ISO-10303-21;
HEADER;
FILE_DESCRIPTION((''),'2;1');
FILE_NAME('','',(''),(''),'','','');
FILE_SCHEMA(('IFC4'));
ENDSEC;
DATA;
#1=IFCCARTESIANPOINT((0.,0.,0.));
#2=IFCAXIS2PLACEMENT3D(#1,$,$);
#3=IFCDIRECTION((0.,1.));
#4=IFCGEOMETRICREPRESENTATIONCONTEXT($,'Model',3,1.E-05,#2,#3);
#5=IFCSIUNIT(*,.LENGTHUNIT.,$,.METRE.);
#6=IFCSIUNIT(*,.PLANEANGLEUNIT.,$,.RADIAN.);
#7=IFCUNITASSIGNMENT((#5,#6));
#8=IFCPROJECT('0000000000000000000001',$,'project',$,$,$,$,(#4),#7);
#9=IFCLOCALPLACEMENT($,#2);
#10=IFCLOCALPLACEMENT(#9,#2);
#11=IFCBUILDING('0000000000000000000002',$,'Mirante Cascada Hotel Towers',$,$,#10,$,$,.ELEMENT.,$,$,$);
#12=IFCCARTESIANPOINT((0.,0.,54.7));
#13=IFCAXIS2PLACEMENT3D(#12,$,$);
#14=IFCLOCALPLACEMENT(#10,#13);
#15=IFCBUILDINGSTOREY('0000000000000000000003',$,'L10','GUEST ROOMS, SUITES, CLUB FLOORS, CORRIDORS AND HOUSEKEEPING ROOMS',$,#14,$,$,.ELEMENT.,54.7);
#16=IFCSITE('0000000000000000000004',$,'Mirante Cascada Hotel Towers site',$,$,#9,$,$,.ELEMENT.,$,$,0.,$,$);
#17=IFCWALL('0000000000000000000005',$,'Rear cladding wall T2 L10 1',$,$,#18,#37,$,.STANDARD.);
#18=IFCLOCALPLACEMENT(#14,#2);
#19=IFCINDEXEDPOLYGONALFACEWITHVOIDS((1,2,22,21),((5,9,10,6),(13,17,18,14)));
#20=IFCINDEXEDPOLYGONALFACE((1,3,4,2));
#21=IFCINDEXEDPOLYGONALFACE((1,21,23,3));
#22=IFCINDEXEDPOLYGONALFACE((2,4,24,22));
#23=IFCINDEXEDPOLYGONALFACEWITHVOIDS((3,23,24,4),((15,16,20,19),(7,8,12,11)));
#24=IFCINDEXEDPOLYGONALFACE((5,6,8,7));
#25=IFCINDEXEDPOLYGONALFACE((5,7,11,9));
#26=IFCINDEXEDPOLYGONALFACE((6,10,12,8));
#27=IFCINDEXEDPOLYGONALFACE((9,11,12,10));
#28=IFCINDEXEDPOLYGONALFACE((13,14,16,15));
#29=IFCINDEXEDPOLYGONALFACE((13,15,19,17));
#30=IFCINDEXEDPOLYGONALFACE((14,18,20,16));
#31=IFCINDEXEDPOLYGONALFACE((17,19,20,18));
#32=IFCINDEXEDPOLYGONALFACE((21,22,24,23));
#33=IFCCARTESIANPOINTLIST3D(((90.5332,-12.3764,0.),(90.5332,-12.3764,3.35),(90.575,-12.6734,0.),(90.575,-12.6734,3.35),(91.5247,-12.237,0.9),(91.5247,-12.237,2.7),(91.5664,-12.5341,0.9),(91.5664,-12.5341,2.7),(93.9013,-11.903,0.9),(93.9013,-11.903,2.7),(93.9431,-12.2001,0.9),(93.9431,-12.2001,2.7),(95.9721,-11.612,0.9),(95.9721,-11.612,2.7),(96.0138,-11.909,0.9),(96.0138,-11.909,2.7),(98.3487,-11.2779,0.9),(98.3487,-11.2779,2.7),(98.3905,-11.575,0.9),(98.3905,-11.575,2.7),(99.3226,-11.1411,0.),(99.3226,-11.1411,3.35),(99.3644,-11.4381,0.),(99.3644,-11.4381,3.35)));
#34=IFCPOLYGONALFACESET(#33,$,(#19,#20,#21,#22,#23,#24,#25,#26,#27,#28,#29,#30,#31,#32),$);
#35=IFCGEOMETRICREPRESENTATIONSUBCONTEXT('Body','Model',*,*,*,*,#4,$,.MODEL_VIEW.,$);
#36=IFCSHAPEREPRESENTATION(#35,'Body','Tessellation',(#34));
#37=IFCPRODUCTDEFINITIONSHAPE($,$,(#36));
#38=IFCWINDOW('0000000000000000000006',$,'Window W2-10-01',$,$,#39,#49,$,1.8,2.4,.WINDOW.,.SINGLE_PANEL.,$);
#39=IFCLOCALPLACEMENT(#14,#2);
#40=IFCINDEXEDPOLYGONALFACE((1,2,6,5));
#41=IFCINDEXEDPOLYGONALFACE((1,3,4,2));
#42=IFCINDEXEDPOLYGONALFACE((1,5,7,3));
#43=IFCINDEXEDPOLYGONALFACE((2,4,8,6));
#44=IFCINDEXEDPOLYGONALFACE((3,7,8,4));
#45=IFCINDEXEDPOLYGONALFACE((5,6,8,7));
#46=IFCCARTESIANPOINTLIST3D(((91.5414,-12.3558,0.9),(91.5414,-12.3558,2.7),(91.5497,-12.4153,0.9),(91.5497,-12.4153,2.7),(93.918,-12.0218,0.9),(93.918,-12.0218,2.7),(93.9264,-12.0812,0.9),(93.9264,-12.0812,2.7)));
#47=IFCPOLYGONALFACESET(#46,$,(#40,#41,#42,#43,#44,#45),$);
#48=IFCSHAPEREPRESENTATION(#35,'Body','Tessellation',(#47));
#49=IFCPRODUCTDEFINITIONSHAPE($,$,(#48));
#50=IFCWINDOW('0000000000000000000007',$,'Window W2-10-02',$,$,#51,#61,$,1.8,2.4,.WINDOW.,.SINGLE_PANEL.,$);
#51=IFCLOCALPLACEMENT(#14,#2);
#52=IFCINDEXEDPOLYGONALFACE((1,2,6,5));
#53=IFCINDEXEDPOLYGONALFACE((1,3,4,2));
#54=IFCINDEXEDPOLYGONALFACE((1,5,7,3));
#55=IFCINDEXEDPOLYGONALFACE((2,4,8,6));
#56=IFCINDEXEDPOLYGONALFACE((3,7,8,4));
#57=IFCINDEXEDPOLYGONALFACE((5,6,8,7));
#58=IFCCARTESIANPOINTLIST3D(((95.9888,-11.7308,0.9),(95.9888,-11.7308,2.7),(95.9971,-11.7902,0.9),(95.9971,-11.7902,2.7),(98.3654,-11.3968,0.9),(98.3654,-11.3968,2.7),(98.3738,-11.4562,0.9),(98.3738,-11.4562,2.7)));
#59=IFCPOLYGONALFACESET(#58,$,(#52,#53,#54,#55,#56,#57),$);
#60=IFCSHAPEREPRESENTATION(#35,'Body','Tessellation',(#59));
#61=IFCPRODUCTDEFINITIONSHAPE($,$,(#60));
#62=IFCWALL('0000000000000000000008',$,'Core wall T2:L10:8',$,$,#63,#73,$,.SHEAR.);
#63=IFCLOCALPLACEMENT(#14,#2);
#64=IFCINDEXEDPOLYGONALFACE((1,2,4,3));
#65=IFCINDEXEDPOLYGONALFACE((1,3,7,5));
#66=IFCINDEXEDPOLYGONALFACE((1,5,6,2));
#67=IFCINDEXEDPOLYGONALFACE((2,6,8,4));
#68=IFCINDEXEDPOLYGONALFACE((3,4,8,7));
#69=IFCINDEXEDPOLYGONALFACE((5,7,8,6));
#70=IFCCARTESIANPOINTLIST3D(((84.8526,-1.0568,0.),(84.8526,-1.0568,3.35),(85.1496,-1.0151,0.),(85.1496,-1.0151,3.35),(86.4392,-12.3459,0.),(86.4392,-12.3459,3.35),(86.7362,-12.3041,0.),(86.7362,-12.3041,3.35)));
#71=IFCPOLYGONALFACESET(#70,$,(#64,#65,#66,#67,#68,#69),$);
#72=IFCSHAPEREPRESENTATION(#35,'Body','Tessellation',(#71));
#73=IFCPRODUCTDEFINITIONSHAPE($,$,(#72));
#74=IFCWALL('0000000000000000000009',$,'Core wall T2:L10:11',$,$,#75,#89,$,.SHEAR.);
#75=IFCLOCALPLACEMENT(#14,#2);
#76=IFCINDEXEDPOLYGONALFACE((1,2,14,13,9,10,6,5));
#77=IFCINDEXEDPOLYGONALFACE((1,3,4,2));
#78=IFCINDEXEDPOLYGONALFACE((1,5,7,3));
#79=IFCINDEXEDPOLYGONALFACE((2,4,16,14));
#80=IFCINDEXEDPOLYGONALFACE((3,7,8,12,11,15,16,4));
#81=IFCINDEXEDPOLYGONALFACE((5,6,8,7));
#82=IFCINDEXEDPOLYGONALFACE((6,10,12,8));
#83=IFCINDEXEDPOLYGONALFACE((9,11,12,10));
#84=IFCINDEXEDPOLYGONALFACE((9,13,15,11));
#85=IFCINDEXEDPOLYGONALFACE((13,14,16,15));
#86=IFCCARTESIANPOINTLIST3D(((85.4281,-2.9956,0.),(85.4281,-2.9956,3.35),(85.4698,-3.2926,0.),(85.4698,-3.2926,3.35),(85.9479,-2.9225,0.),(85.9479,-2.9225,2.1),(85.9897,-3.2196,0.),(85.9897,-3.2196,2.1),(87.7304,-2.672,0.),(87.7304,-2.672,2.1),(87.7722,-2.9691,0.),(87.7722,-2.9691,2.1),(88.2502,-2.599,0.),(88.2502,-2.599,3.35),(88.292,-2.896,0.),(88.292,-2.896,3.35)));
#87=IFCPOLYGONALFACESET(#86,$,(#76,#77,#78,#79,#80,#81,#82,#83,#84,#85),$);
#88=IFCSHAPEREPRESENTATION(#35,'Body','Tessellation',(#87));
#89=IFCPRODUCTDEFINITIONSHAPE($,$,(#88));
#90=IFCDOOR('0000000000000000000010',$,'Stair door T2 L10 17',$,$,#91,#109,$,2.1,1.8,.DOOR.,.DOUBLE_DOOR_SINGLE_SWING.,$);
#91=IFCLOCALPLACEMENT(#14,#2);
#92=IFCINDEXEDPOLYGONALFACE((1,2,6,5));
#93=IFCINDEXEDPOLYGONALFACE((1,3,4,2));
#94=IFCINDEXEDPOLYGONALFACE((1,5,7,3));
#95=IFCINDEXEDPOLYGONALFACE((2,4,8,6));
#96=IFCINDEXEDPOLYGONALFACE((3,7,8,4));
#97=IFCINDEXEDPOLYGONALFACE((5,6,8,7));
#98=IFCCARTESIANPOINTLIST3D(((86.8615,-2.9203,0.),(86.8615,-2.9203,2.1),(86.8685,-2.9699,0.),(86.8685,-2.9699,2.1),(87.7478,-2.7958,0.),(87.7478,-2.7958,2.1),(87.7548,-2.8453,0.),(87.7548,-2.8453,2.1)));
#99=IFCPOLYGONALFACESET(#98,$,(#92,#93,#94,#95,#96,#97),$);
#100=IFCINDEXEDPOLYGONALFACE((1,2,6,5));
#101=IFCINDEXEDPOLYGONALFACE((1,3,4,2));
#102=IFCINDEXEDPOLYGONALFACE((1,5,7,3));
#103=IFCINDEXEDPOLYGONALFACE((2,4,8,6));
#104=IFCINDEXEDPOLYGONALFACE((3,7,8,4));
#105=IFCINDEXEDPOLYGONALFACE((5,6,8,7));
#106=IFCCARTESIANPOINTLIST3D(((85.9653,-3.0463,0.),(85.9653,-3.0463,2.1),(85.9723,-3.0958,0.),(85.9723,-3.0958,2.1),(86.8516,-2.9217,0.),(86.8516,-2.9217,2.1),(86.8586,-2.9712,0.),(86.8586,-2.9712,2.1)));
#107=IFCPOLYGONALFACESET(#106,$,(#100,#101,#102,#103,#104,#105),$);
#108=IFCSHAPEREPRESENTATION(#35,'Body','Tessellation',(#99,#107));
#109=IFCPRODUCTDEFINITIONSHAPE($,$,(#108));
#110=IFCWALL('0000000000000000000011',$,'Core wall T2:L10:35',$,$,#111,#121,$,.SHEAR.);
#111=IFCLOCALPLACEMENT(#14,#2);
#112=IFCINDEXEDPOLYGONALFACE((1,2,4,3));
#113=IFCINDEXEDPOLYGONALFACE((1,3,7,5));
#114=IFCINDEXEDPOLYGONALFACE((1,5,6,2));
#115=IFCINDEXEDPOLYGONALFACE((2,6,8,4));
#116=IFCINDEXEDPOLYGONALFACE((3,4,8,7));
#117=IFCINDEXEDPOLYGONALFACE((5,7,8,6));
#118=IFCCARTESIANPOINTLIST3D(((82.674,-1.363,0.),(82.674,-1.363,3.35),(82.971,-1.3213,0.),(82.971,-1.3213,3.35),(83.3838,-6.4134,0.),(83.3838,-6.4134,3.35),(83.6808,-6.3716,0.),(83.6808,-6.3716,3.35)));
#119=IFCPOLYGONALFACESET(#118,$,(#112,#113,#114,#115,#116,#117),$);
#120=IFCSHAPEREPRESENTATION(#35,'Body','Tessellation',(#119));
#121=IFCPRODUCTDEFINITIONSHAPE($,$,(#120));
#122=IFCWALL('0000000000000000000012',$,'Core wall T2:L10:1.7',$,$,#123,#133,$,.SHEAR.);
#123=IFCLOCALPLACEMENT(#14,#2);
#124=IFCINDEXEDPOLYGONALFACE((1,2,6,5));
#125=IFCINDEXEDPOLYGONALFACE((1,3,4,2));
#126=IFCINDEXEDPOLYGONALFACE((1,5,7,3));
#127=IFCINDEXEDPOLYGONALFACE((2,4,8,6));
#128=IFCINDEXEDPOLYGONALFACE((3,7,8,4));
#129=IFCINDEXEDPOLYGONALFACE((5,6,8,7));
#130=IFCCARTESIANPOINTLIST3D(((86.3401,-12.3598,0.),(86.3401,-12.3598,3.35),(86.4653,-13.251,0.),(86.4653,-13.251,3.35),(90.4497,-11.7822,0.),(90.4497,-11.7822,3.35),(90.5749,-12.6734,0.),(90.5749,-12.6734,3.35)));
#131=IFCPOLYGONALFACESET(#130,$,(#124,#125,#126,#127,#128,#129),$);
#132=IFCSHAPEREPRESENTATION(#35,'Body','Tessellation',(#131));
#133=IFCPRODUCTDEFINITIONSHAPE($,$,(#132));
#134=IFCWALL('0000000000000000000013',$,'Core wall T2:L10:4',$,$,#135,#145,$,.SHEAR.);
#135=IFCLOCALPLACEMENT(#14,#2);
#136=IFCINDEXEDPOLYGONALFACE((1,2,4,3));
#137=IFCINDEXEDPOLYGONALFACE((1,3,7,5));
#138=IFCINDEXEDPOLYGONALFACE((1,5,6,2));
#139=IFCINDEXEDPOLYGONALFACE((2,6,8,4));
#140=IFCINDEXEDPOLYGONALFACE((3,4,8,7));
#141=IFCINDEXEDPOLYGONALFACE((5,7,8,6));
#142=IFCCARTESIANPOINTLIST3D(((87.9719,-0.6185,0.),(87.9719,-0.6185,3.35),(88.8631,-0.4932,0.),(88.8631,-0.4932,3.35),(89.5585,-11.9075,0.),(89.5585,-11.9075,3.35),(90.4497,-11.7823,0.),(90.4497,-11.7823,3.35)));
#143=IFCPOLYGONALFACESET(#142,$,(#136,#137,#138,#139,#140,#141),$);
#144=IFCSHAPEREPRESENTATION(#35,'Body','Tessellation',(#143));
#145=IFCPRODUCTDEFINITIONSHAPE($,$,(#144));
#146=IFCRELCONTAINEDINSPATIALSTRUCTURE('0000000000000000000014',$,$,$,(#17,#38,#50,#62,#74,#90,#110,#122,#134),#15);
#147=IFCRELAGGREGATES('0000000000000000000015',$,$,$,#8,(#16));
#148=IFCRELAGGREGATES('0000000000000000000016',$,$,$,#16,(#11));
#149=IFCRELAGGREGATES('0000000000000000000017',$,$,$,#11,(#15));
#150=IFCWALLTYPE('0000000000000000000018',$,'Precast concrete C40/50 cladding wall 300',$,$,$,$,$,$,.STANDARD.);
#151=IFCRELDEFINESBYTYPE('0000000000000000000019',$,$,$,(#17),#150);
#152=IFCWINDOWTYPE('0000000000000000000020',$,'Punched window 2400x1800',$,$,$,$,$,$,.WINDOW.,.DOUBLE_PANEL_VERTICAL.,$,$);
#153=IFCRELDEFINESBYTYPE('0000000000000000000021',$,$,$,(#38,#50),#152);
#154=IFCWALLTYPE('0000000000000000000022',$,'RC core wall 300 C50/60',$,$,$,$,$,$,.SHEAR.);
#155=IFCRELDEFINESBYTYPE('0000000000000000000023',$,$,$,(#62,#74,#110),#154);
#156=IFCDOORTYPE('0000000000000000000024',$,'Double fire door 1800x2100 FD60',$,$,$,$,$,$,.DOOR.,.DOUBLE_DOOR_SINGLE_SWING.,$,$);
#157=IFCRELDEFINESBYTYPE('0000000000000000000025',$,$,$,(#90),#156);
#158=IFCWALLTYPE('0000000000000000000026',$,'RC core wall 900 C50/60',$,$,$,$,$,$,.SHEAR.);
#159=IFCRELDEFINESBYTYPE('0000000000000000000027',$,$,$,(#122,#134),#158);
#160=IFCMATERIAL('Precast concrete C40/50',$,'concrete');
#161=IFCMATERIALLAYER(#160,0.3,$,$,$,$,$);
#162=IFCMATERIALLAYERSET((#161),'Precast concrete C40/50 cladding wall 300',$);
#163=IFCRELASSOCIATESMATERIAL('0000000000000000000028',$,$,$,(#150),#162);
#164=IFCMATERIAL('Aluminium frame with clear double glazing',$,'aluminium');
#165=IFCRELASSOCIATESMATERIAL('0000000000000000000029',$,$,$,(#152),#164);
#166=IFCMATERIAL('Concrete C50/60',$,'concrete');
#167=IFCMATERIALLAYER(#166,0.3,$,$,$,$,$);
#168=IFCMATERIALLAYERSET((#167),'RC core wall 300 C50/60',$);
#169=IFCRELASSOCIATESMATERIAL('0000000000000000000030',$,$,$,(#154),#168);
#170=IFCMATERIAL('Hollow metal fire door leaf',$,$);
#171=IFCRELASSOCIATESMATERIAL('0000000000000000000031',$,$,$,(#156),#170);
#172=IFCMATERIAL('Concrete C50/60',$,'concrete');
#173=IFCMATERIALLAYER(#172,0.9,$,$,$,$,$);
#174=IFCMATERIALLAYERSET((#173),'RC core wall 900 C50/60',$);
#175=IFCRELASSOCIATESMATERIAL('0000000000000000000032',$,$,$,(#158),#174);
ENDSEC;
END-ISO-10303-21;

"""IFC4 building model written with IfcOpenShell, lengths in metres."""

from ifc_helpers import new_model, si_unit, direction, frame, frame_2d, origin, place, context, subcontext, project, spatial, rectangle, extrude, material, layer, layer_set, type_object, element, fill, save


model = new_model("IFC4")

# Units and contexts
model_context = context("Model", 3, precision=1e-05, world=origin(), true_north=direction((0.0, 1.0)))
body_context = subcontext(model_context, "Body", "Model", "MODEL_VIEW")
ifc_project = project(units=[si_unit("LENGTHUNIT", "METRE"), si_unit("PLANEANGLEUNIT", "RADIAN")], contexts=[model_context])

# Site, building, storey
site_placement = place(None, origin())
site = spatial("IfcSite", under=ifc_project, at=site_placement, Name="Mirante Cascada Hotel Towers site", CompositionType="ELEMENT", RefElevation=0.0)
building_placement = place(site_placement, origin())
building = spatial("IfcBuilding", under=site, at=building_placement, Name="Mirante Cascada Hotel Towers", CompositionType="ELEMENT")
storey_placement = place(building_placement, frame((0.0, 0.0, 54.7)))
storey = spatial("IfcBuildingStorey", under=building, at=storey_placement, Name="L10", Description="GUEST ROOMS, SUITES, CLUB FLOORS, CORRIDORS AND HOUSEKEEPING ROOMS", CompositionType="ELEMENT", Elevation=54.7)

# Wall, openings, windows
ifc_material_1 = material(Name="Precast concrete C40/50", Category="concrete")
ifc_layer_1 = layer(ifc_material_1, 0.3)
ifc_layer_set_1 = layer_set([ifc_layer_1], Name="Precast concrete C40/50 cladding wall 300")
wall_type_1 = type_object("IfcWallType", Name="Precast concrete C40/50 cladding wall 300", PredefinedType="STANDARD", material=ifc_layer_set_1)
wall_1_placement = place(storey_placement, frame((90.5541, -12.5249, 0.0), z_axis=(0.0, 0.0, 1.0), x_axis=(0.990268, 0.139177, 0.0)))
wall_1 = element("IfcWall", 1, at=wall_1_placement, inside=storey, type_object=wall_type_1, Name="Rear cladding wall T2 L10 1", PredefinedType="STANDARD", context=body_context, shape_type="SweptSolid", body=[
    extrude(rectangle(XDim=8.8758, YDim=0.3, at=frame_2d((4.4379, 0.0))), origin(), (0.0, 0.0, 1.0), 3.35),
])
opening_1_placement = place(wall_1_placement, frame((1.0012, 0.0, 0.9)))
opening_1 = element("IfcOpeningElement", 2, at=opening_1_placement, cuts=wall_1, PredefinedType="OPENING", context=body_context, shape_type="SweptSolid", body=[
    extrude(rectangle(XDim=2.4, YDim=1.8, at=frame_2d((1.2, 0.9))), frame((0.0, 0.15, 0.0), z_axis=(0.0, -1.0, 0.0), x_axis=(1.0, 0.0, 0.0)), (0.0, 0.0, 1.0), 0.3),
])
opening_2_placement = place(wall_1_placement, frame((5.4923, 0.0, 0.9)))
opening_2 = element("IfcOpeningElement", 3, at=opening_2_placement, cuts=wall_1, PredefinedType="OPENING", context=body_context, shape_type="SweptSolid", body=[
    extrude(rectangle(XDim=2.4, YDim=1.8, at=frame_2d((1.2, 0.9))), frame((0.0, 0.15, 0.0), z_axis=(0.0, -1.0, 0.0), x_axis=(1.0, 0.0, 0.0)), (0.0, 0.0, 1.0), 0.3),
])
ifc_material_2 = material(Name="Aluminium frame with clear double glazing", Category="aluminium")
window_type = type_object("IfcWindowType", Name="Punched window 2400x1800", PartitioningType="DOUBLE_PANEL_VERTICAL", PredefinedType="WINDOW", material=ifc_material_2)
window_1_placement = place(opening_1_placement, origin())
window_1 = element("IfcWindow", 4, at=window_1_placement, inside=storey, type_object=window_type, Name="Window W2-10-01", OverallHeight=1.8, OverallWidth=2.4, PartitioningType="SINGLE_PANEL", PredefinedType="WINDOW", context=body_context, shape_type="SweptSolid", body=[
    extrude(rectangle(XDim=2.4, YDim=1.8, at=frame_2d((1.2, 0.9))), frame((0.0, 0.03, 0.0), z_axis=(0.0, -1.0, 0.0), x_axis=(1.0, 0.0, 0.0)), (0.0, 0.0, 1.0), 0.06),
])
fill(opening_1, window_1)
window_2_placement = place(opening_2_placement, origin())
window_2 = element("IfcWindow", 5, at=window_2_placement, inside=storey, type_object=window_type, Name="Window W2-10-02", OverallHeight=1.8, OverallWidth=2.4, PartitioningType="SINGLE_PANEL", PredefinedType="WINDOW", context=body_context, shape_type="SweptSolid", body=[
    extrude(rectangle(XDim=2.4, YDim=1.8, at=frame_2d((1.2, 0.9))), frame((0.0, 0.03, 0.0), z_axis=(0.0, -1.0, 0.0), x_axis=(1.0, 0.0, 0.0)), (0.0, 0.0, 1.0), 0.06),
])
fill(opening_2, window_2)

# Wall
ifc_material_3 = material(Name="Concrete C50/60", Category="concrete")
ifc_layer_2 = layer(ifc_material_3, 0.3)
ifc_layer_set_2 = layer_set([ifc_layer_2], Name="RC core wall 300 C50/60")
wall_type_2 = type_object("IfcWallType", Name="RC core wall 300 C50/60", PredefinedType="SHEAR", material=ifc_layer_set_2)
wall_2_placement = place(storey_placement, frame((86.5877, -12.325, 0.0), z_axis=(0.0, 0.0, 1.0), x_axis=(-0.139175, 0.990268, 0.0)))
element("IfcWall", 6, at=wall_2_placement, inside=storey, type_object=wall_type_2, Name="Core wall T2:L10:8", PredefinedType="SHEAR", context=body_context, shape_type="SweptSolid", body=[
    extrude(rectangle(XDim=11.4, YDim=0.3, at=frame_2d((5.7, 0.0))), origin(), (0.0, 0.0, 1.0), 3.35),
])

# Wall, opening, door
wall_3_placement = place(storey_placement, frame((85.4489, -3.1441, 0.0), z_axis=(0.0, 0.0, 1.0), x_axis=(0.99027, 0.139161, 0.0)))
wall_3 = element("IfcWall", 7, at=wall_3_placement, inside=storey, type_object=wall_type_2, Name="Core wall T2:L10:11", PredefinedType="SHEAR", context=body_context, shape_type="SweptSolid", body=[
    extrude(rectangle(XDim=2.8499, YDim=0.3, at=frame_2d((1.425, 0.0))), origin(), (0.0, 0.0, 1.0), 3.35),
])
opening_3_placement = place(wall_3_placement, frame((0.525, 0.0, 0.0)))
opening_3 = element("IfcOpeningElement", 8, at=opening_3_placement, cuts=wall_3, PredefinedType="OPENING", context=body_context, shape_type="SweptSolid", body=[
    extrude(rectangle(XDim=1.8, YDim=2.1, at=frame_2d((0.9, 1.05))), frame((0.0, 0.15, 0.0), z_axis=(0.0, -1.0, 0.0), x_axis=(1.0, 0.0, 0.0)), (0.0, 0.0, 1.0), 0.3),
])
ifc_material_4 = material(Name="Hollow metal fire door leaf")
door_type_1 = type_object("IfcDoorType", Name="Double fire door 1800x2100 FD60", OperationType="DOUBLE_DOOR_SINGLE_SWING", PredefinedType="DOOR", material=ifc_material_4)
door_1_placement = place(opening_3_placement, frame((1.8, 0.0, 0.0), z_axis=(0.0, 0.0, 1.0), x_axis=(-1.0, 0.0, 0.0)))
door_1 = element("IfcDoor", 9, at=door_1_placement, inside=storey, type_object=door_type_1, Name="Stair door T2 L10 17", OperationType="DOUBLE_DOOR_SINGLE_SWING", OverallHeight=2.1, OverallWidth=1.8, PredefinedType="DOOR", context=body_context, shape_type="SweptSolid", body=[
    extrude(rectangle(XDim=0.895, YDim=2.1, at=frame_2d((0.4475, 1.05))), frame((0.0, 0.025, 0.0), z_axis=(0.0, -1.0, 0.0), x_axis=(1.0, 0.0, 0.0)), (0.0, 0.0, 1.0), 0.05),
    extrude(rectangle(XDim=0.895, YDim=2.1, at=frame_2d((1.3525, 1.05))), frame((0.0, 0.025, 0.0), z_axis=(0.0, -1.0, 0.0), x_axis=(1.0, 0.0, 0.0)), (0.0, 0.0, 1.0), 0.05),
])
fill(opening_3, door_1)

# Walls
wall_4_placement = place(storey_placement, frame((83.5323, -6.3925, 0.0), z_axis=(0.0, 0.0, 1.0), x_axis=(-0.139176, 0.990268, 0.0)))
element("IfcWall", 10, at=wall_4_placement, inside=storey, type_object=wall_type_2, Name="Core wall T2:L10:35", PredefinedType="SHEAR", context=body_context, shape_type="SweptSolid", body=[
    extrude(rectangle(XDim=5.1, YDim=0.3, at=frame_2d((2.55, 0.0))), origin(), (0.0, 0.0, 1.0), 3.35),
])
ifc_material_5 = material(Name="Concrete C50/60", Category="concrete")
ifc_layer_3 = layer(ifc_material_5, 0.9)
ifc_layer_set_3 = layer_set([ifc_layer_3], Name="RC core wall 900 C50/60")
wall_type_3 = type_object("IfcWallType", Name="RC core wall 900 C50/60", PredefinedType="SHEAR", material=ifc_layer_set_3)
wall_5_placement = place(storey_placement, frame((86.4027, -12.8054, 0.0), z_axis=(0.0, 0.0, 1.0), x_axis=(0.990267, 0.139181, 0.0)))
element("IfcWall", 11, at=wall_5_placement, inside=storey, type_object=wall_type_3, Name="Core wall T2:L10:1.7", PredefinedType="SHEAR", context=body_context, shape_type="SweptSolid", body=[
    extrude(rectangle(XDim=4.15, YDim=0.9, at=frame_2d((2.075, 0.0))), origin(), (0.0, 0.0, 1.0), 3.35),
])
wall_6_placement = place(storey_placement, frame((90.0041, -11.8449, 0.0), z_axis=(0.0, 0.0, 1.0), x_axis=(-0.139175, 0.990268, 0.0)))
element("IfcWall", 12, at=wall_6_placement, inside=storey, type_object=wall_type_3, Name="Core wall T2:L10:4", PredefinedType="SHEAR", context=body_context, shape_type="SweptSolid", body=[
    extrude(rectangle(XDim=11.4, YDim=0.9, at=frame_2d((5.7, 0.0))), origin(), (0.0, 0.0, 1.0), 3.35),
])

save(model, "model.ifc")
